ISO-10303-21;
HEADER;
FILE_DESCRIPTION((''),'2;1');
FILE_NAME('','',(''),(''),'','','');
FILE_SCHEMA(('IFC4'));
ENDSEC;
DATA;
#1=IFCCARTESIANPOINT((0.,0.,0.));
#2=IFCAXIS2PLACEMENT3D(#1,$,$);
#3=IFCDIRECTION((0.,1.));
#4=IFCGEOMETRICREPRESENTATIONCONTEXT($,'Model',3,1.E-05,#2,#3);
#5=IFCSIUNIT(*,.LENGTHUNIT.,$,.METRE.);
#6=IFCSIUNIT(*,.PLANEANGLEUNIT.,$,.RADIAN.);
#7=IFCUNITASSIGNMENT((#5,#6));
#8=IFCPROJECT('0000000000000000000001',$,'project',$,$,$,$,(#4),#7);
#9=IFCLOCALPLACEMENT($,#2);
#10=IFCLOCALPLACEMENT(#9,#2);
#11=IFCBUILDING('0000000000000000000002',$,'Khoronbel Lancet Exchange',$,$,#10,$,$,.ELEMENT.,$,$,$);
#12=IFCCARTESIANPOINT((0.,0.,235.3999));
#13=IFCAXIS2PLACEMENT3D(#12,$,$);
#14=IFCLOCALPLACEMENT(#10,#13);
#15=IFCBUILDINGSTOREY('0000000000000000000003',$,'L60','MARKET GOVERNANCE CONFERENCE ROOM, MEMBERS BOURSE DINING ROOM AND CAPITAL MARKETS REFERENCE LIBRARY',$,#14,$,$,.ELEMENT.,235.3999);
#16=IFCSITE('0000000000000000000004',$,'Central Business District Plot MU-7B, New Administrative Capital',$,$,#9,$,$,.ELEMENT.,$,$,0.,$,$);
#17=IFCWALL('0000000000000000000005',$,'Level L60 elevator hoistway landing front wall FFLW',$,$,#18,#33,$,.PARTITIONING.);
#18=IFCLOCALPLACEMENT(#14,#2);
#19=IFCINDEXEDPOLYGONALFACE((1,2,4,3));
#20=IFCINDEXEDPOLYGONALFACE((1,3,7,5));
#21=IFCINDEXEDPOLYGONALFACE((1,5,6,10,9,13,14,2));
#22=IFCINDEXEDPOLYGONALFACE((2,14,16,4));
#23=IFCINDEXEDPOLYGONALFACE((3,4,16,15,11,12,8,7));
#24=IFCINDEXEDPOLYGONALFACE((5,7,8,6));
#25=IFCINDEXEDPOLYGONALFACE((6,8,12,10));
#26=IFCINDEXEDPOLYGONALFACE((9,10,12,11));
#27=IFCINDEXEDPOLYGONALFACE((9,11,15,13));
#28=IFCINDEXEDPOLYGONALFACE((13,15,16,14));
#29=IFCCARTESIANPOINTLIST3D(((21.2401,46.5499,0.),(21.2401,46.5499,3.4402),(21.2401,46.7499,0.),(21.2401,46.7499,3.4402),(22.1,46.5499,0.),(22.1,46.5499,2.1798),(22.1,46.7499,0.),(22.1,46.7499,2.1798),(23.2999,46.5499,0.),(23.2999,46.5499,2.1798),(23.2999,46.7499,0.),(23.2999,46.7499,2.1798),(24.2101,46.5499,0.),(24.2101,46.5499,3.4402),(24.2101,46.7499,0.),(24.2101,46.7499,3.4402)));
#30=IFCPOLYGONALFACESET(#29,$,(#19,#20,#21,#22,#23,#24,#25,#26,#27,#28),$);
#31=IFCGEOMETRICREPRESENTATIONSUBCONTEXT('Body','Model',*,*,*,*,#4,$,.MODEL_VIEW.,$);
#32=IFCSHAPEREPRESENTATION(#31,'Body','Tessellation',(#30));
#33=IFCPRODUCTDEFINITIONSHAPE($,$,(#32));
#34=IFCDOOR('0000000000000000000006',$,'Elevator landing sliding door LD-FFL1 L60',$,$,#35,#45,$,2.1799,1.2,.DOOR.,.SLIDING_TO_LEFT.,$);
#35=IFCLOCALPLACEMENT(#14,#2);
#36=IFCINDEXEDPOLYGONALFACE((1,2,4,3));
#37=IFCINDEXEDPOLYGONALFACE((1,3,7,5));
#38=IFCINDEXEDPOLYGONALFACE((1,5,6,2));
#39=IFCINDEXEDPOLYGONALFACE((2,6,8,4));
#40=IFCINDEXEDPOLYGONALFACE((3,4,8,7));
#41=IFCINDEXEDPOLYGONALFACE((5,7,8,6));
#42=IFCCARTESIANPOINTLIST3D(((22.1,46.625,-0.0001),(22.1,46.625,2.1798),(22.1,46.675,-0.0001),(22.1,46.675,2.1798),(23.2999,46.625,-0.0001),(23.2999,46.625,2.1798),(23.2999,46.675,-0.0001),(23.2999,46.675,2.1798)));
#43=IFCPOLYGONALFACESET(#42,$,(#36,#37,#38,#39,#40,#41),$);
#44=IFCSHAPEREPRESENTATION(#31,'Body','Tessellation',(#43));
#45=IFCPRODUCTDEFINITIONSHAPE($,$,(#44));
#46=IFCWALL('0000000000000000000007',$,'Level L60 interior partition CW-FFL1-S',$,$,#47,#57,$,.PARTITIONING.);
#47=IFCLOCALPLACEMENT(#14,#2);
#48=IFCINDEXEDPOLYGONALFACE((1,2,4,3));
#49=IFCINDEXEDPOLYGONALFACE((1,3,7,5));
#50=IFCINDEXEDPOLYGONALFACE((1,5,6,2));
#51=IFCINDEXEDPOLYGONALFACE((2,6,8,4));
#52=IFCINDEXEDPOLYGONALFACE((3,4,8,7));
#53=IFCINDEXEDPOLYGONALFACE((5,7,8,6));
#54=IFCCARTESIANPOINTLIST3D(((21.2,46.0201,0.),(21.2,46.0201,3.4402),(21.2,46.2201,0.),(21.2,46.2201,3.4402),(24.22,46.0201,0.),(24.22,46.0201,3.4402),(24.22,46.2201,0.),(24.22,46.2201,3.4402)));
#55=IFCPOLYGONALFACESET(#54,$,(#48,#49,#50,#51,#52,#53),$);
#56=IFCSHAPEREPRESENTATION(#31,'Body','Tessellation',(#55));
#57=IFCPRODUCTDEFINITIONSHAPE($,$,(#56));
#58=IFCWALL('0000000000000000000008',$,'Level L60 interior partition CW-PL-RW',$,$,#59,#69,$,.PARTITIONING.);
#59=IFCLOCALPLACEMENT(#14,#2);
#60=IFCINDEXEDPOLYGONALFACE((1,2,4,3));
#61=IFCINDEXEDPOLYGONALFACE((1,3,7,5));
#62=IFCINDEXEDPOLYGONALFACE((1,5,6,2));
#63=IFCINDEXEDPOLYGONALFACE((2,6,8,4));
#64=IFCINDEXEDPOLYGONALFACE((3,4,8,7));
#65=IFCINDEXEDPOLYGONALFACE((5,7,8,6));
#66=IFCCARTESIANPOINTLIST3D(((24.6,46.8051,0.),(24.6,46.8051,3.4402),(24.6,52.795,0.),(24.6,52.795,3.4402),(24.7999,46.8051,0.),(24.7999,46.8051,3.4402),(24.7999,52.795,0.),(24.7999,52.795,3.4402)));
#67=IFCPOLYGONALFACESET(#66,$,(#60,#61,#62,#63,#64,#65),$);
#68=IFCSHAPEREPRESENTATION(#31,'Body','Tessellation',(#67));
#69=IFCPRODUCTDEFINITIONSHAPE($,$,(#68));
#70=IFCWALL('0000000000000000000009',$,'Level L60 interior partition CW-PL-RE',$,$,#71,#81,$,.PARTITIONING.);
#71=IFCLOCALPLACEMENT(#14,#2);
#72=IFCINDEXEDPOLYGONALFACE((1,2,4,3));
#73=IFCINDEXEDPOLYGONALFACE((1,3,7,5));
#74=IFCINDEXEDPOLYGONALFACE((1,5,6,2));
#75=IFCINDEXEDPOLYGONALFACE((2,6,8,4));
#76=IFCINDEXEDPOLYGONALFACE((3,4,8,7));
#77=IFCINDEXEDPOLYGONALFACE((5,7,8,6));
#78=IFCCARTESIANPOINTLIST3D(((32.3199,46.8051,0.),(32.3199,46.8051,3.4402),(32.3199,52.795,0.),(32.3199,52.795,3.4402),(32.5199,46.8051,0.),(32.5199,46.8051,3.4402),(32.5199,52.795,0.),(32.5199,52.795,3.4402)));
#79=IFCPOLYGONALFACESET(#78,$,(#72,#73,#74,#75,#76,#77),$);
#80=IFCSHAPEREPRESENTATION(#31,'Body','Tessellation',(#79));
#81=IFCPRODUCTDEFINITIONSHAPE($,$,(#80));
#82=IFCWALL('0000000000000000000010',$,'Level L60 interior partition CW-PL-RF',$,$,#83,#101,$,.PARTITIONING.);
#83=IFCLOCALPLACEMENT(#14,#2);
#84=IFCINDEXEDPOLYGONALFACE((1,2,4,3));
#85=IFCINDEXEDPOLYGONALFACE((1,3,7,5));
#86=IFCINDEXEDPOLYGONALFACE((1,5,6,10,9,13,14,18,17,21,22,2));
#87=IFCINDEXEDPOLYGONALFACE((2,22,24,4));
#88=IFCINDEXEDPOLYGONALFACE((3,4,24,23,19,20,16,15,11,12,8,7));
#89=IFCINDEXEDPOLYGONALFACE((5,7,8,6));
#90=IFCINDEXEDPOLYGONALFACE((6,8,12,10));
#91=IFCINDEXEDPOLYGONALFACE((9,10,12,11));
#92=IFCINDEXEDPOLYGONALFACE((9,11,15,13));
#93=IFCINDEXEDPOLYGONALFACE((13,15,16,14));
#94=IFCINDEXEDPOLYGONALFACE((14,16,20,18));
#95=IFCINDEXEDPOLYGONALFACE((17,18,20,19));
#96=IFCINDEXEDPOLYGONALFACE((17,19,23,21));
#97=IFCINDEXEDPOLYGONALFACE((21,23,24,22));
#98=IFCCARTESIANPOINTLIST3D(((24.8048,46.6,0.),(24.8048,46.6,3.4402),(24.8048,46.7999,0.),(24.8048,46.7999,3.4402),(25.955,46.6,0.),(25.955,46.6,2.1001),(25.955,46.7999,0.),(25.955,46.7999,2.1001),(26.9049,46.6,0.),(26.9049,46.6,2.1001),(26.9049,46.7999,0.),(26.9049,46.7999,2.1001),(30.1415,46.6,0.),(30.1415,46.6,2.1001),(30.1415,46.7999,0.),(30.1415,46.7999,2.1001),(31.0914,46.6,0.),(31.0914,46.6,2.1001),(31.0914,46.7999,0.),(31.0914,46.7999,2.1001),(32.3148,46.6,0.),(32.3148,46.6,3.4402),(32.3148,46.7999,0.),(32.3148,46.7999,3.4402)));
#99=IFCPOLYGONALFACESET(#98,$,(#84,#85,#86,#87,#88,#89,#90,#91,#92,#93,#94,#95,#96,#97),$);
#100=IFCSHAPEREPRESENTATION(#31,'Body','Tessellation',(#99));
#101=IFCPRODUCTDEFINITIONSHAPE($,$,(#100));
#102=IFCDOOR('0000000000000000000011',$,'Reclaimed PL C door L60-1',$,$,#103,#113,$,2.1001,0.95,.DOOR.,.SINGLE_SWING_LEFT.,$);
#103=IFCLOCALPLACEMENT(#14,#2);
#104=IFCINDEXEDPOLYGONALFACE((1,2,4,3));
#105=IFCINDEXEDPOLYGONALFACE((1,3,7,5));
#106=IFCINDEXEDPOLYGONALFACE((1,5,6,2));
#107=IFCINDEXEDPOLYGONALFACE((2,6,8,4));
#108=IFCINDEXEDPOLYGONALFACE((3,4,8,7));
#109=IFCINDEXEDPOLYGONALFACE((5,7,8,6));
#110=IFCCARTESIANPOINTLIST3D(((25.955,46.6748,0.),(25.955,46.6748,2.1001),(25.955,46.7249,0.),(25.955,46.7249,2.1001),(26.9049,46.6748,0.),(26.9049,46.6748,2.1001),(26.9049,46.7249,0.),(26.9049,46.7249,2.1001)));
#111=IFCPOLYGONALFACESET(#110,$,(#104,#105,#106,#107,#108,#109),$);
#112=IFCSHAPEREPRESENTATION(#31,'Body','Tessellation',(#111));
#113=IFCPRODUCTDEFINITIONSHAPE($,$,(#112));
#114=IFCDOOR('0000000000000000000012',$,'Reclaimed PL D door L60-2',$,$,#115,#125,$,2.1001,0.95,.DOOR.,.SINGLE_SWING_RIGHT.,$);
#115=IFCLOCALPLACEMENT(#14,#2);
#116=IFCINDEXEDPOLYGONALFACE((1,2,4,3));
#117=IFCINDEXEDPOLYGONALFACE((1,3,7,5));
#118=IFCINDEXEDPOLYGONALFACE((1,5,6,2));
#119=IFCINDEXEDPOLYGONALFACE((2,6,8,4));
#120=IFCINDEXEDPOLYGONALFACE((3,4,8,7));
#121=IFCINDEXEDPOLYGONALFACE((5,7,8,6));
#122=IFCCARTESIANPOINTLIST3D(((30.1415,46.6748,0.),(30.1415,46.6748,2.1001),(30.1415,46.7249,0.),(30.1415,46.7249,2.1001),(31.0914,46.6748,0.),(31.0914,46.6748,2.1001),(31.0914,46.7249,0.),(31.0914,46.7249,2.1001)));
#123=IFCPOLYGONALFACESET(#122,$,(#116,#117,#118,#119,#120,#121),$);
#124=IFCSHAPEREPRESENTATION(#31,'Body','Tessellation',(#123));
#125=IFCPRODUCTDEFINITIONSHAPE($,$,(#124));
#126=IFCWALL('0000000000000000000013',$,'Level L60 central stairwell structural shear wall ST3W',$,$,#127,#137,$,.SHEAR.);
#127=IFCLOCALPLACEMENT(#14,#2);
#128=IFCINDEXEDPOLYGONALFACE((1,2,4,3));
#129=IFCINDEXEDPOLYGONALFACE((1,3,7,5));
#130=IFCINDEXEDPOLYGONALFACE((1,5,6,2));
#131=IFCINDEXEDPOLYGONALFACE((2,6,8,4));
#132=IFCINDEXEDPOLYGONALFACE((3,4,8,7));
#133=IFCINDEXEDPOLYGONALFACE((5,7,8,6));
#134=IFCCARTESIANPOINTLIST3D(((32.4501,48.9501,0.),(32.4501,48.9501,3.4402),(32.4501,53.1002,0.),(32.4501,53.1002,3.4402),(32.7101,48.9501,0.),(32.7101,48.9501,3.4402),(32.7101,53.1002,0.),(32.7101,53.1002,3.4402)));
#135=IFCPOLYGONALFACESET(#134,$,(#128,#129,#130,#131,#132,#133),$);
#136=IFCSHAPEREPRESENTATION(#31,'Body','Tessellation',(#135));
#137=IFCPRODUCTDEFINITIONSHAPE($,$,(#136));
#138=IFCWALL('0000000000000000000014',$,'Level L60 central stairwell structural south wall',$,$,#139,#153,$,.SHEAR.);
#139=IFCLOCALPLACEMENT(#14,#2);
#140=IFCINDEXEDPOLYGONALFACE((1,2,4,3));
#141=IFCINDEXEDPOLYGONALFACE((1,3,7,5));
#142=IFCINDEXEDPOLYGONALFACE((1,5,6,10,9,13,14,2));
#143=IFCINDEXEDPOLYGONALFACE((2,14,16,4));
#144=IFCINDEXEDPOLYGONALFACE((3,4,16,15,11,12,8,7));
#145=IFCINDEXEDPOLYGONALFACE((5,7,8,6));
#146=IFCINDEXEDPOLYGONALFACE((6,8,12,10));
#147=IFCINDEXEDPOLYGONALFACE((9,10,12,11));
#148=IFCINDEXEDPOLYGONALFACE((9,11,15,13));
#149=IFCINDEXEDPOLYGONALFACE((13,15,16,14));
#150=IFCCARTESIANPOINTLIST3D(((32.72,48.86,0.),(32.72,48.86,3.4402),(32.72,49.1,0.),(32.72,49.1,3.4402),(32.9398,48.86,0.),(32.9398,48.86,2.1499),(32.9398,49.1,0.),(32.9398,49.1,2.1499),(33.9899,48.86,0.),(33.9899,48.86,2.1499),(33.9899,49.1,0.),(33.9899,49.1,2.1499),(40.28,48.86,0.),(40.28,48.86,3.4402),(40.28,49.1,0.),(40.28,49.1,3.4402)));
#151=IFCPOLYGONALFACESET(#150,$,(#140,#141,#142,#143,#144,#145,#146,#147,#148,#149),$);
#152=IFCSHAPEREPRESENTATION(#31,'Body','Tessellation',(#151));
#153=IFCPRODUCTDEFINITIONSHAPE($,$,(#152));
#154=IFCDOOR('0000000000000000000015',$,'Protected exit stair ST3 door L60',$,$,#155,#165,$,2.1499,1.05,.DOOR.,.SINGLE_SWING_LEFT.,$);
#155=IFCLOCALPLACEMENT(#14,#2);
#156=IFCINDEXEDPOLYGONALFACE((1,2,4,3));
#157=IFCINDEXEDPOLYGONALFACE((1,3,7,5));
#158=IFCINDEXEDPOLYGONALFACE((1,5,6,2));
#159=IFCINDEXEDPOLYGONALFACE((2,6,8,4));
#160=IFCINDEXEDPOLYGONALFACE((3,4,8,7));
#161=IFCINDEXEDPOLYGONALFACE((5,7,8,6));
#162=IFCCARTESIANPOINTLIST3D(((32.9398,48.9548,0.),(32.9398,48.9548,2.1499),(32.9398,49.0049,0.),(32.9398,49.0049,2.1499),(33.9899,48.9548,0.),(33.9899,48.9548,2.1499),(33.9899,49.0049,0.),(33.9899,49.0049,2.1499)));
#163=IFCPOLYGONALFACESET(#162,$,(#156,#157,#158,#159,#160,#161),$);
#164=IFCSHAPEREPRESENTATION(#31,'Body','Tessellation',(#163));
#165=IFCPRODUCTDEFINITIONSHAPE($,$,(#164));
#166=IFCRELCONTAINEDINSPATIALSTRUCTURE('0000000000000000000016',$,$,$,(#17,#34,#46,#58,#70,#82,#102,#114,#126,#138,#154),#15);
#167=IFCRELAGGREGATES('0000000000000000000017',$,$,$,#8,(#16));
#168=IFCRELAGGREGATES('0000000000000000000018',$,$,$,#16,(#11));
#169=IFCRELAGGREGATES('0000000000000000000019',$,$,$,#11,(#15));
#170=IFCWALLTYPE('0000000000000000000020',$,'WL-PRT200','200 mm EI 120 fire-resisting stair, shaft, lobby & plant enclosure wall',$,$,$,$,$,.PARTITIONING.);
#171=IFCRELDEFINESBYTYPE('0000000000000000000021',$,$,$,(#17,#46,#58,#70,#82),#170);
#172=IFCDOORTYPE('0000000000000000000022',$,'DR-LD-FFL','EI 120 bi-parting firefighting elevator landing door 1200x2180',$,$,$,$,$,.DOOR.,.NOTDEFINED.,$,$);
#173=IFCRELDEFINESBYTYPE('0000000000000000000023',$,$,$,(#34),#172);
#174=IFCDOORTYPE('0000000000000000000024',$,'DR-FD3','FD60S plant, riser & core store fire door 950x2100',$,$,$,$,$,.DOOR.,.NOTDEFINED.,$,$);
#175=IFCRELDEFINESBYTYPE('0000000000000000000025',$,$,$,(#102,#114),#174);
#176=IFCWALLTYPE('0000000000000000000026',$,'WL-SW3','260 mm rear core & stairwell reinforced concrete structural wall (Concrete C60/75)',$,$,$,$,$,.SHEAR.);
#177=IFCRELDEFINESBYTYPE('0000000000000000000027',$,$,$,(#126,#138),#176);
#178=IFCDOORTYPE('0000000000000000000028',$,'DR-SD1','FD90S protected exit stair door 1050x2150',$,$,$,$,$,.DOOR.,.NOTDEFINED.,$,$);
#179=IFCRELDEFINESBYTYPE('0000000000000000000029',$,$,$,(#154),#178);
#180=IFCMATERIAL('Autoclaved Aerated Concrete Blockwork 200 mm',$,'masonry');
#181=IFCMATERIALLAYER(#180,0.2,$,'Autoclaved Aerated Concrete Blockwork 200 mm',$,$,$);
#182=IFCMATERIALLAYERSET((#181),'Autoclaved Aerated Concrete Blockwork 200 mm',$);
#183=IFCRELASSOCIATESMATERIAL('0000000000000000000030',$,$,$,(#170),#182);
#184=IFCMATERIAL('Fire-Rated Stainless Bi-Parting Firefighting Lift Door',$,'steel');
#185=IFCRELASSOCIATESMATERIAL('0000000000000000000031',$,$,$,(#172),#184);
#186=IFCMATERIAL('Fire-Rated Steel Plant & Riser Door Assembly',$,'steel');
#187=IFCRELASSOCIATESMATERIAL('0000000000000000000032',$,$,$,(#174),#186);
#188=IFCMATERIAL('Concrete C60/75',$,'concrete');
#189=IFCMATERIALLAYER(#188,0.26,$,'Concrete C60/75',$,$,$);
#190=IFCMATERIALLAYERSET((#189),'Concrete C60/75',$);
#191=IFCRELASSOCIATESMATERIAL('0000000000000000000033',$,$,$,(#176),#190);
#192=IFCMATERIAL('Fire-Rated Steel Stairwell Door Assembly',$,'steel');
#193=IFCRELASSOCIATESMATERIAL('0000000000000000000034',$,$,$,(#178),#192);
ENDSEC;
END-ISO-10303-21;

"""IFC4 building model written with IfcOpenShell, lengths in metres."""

from ifc_helpers import new_model, si_unit, direction, frame, frame_2d, origin, place, context, subcontext, project, spatial, rectangle, extrude, material, layer, layer_set, type_object, element, fill, save


model = new_model("IFC4")

# Units and contexts
model_context = context("Model", 3, precision=1e-05, world=origin(), true_north=direction((0.0, 1.0)))
body_context = subcontext(model_context, "Body", "Model", "MODEL_VIEW")
ifc_project = project(units=[si_unit("LENGTHUNIT", "METRE"), si_unit("PLANEANGLEUNIT", "RADIAN")], contexts=[model_context])

# Site, building, storey
site_placement = place(None, origin())
site = spatial("IfcSite", under=ifc_project, at=site_placement, Name="Central Business District Plot MU-7B, New Administrative Capital", CompositionType="ELEMENT", RefElevation=0.0)
building_placement = place(site_placement, origin())
building = spatial("IfcBuilding", under=site, at=building_placement, Name="Khoronbel Lancet Exchange", CompositionType="ELEMENT")
storey_placement = place(building_placement, frame((0.0, 0.0, 235.3999)))
storey = spatial("IfcBuildingStorey", under=building, at=storey_placement, Name="L60", Description="MARKET GOVERNANCE CONFERENCE ROOM, MEMBERS BOURSE DINING ROOM AND CAPITAL MARKETS REFERENCE LIBRARY", CompositionType="ELEMENT", Elevation=235.3999)

# Wall, opening, door
ifc_material_1 = material(Name="Autoclaved Aerated Concrete Blockwork 200 mm", Category="masonry")
ifc_layer_1 = layer(ifc_material_1, 0.2, Name="Autoclaved Aerated Concrete Blockwork 200 mm")
ifc_layer_set_1 = layer_set([ifc_layer_1], Name="Autoclaved Aerated Concrete Blockwork 200 mm")
wall_type_1 = type_object("IfcWallType", Name="WL-PRT200", Description="200 mm EI 120 fire-resisting stair, shaft, lobby & plant enclosure wall", PredefinedType="PARTITIONING", material=ifc_layer_set_1)
wall_1_placement = place(storey_placement, frame((24.21, 46.6499, 0.0), z_axis=(0.0, 0.0, 1.0), x_axis=(-1.0, 0.0, 0.0)))
wall_1 = element("IfcWall", 1, at=wall_1_placement, inside=storey, type_object=wall_type_1, Name="Level L60 elevator hoistway landing front wall FFLW", PredefinedType="PARTITIONING", context=body_context, shape_type="SweptSolid", body=[
    extrude(rectangle(XDim=2.97, YDim=0.2, at=frame_2d((1.4849, 0.0))), origin(), (0.0, 0.0, 1.0), 3.4402),
])
opening_1_placement = place(wall_1_placement, frame((0.9099, 0.0, 0.0)))
opening_1 = element("IfcOpeningElement", 2, at=opening_1_placement, cuts=wall_1, PredefinedType="OPENING", context=body_context, shape_type="SweptSolid", body=[
    extrude(rectangle(XDim=1.2, YDim=2.1799, at=frame_2d((0.6001, 1.0898))), frame((0.0, 0.1099, 0.0), z_axis=(0.0, -1.0, 0.0), x_axis=(1.0, 0.0, 0.0)), (0.0, 0.0, 1.0), 0.22),
])
ifc_material_2 = material(Name="Fire-Rated Stainless Bi-Parting Firefighting Lift Door", Category="steel")
door_type_1 = type_object("IfcDoorType", Name="DR-LD-FFL", Description="EI 120 bi-parting firefighting elevator landing door 1200x2180", OperationType="NOTDEFINED", PredefinedType="DOOR", material=ifc_material_2)
door_1_placement = place(opening_1_placement, origin())
door_1 = element("IfcDoor", 3, at=door_1_placement, inside=storey, type_object=door_type_1, Name="Elevator landing sliding door LD-FFL1 L60", OperationType="SLIDING_TO_LEFT", OverallHeight=2.1799, OverallWidth=1.2, PredefinedType="DOOR", context=body_context, shape_type="SweptSolid", body=[
    extrude(rectangle(XDim=1.2, YDim=2.1799, at=frame_2d((0.6001, 1.0898))), frame((0.0, 0.0249, 0.0), z_axis=(0.0, -1.0, 0.0), x_axis=(1.0, 0.0, 0.0)), (0.0, 0.0, 1.0), 0.05),
])
fill(opening_1, door_1)

# Walls
wall_2_placement = place(storey_placement, frame((21.2, 46.1201, 0.0), z_axis=(0.0, 0.0, 1.0), x_axis=(1.0, 0.0, 0.0)))
element("IfcWall", 4, at=wall_2_placement, inside=storey, type_object=wall_type_1, Name="Level L60 interior partition CW-FFL1-S", PredefinedType="PARTITIONING", context=body_context, shape_type="SweptSolid", body=[
    extrude(rectangle(XDim=3.02, YDim=0.2, at=frame_2d((1.51, 0.0))), origin(), (0.0, 0.0, 1.0), 3.4402),
])
for number, where, z_axis, x_axis, name in (
    (5, (24.7, 46.8049, 0.0), (0.0, 0.0, 1.0), (0.0, 1.0, 0.0), "Level L60 interior partition CW-PL-RW"),
    (6, (32.4199, 46.8049, 0.0), (0.0, 0.0, 1.0), (0.0, 1.0, 0.0), "Level L60 interior partition CW-PL-RE"),
):
    element("IfcWall", number, at=place(storey_placement, frame(where, z_axis=z_axis, x_axis=x_axis)), inside=storey, type_object=wall_type_1, Name=name, PredefinedType="PARTITIONING", context=body_context, shape_type="SweptSolid", body=[
        extrude(rectangle(XDim=5.99, YDim=0.2, at=frame_2d((2.9951, 0.0))), origin(), (0.0, 0.0, 1.0), 3.4402),
    ])

# Wall, openings, doors
wall_3_placement = place(storey_placement, frame((24.8049, 46.7, 0.0), z_axis=(0.0, 0.0, 1.0), x_axis=(1.0, 0.0, 0.0)))
wall_3 = element("IfcWall", 7, at=wall_3_placement, inside=storey, type_object=wall_type_1, Name="Level L60 interior partition CW-PL-RF", PredefinedType="PARTITIONING", context=body_context, shape_type="SweptSolid", body=[
    extrude(rectangle(XDim=7.51, YDim=0.2, at=frame_2d((3.7549, 0.0))), origin(), (0.0, 0.0, 1.0), 3.4402),
])
opening_2_placement = place(wall_3_placement, frame((1.1499, 0.0, 0.0)))
opening_2 = element("IfcOpeningElement", 8, at=opening_2_placement, cuts=wall_3, PredefinedType="OPENING", context=body_context, shape_type="SweptSolid", body=[
    extrude(rectangle(XDim=0.95, YDim=2.1001, at=frame_2d((0.4751, 1.05))), frame((0.0, 0.1099, 0.0), z_axis=(0.0, -1.0, 0.0), x_axis=(1.0, 0.0, 0.0)), (0.0, 0.0, 1.0), 0.22),
])
opening_3_placement = place(wall_3_placement, frame((5.3364, 0.0, 0.0)))
opening_3 = element("IfcOpeningElement", 9, at=opening_3_placement, cuts=wall_3, PredefinedType="OPENING", context=body_context, shape_type="SweptSolid", body=[
    extrude(rectangle(XDim=0.95, YDim=2.1001, at=frame_2d((0.4751, 1.05))), frame((0.0, 0.1099, 0.0), z_axis=(0.0, -1.0, 0.0), x_axis=(1.0, 0.0, 0.0)), (0.0, 0.0, 1.0), 0.22),
])
ifc_material_3 = material(Name="Fire-Rated Steel Plant & Riser Door Assembly", Category="steel")
door_type_2 = type_object("IfcDoorType", Name="DR-FD3", Description="FD60S plant, riser & core store fire door 950x2100", OperationType="NOTDEFINED", PredefinedType="DOOR", material=ifc_material_3)
door_2_placement = place(opening_2_placement, origin())
door_2 = element("IfcDoor", 10, at=door_2_placement, inside=storey, type_object=door_type_2, Name="Reclaimed PL C door L60-1", OperationType="SINGLE_SWING_LEFT", OverallHeight=2.1001, OverallWidth=0.95, PredefinedType="DOOR", context=body_context, shape_type="SweptSolid", body=[
    extrude(rectangle(XDim=0.95, YDim=2.1001, at=frame_2d((0.4751, 1.05))), frame((0.0, 0.0249, 0.0), z_axis=(0.0, -1.0, 0.0), x_axis=(1.0, 0.0, 0.0)), (0.0, 0.0, 1.0), 0.05),
])
fill(opening_2, door_2)
door_3_placement = place(opening_3_placement, origin())
door_3 = element("IfcDoor", 11, at=door_3_placement, inside=storey, type_object=door_type_2, Name="Reclaimed PL D door L60-2", OperationType="SINGLE_SWING_RIGHT", OverallHeight=2.1001, OverallWidth=0.95, PredefinedType="DOOR", context=body_context, shape_type="SweptSolid", body=[
    extrude(rectangle(XDim=0.95, YDim=2.1001, at=frame_2d((0.4751, 1.05))), frame((0.0, 0.0249, 0.0), z_axis=(0.0, -1.0, 0.0), x_axis=(1.0, 0.0, 0.0)), (0.0, 0.0, 1.0), 0.05),
])
fill(opening_3, door_3)

# Wall
ifc_material_4 = material(Name="Concrete C60/75", Category="concrete")
ifc_layer_2 = layer(ifc_material_4, 0.26, Name="Concrete C60/75")
ifc_layer_set_2 = layer_set([ifc_layer_2], Name="Concrete C60/75")
wall_type_2 = type_object("IfcWallType", Name="WL-SW3", Description="260 mm rear core & stairwell reinforced concrete structural wall (Concrete C60/75)", PredefinedType="SHEAR", material=ifc_layer_set_2)
wall_4_placement = place(storey_placement, frame((32.5801, 48.95, 0.0), z_axis=(0.0, 0.0, 1.0), x_axis=(0.0, 1.0, 0.0)))
element("IfcWall", 12, at=wall_4_placement, inside=storey, type_object=wall_type_2, Name="Level L60 central stairwell structural shear wall ST3W", PredefinedType="SHEAR", context=body_context, shape_type="SweptSolid", body=[
    extrude(rectangle(XDim=4.1501, YDim=0.26, at=frame_2d((2.0752, 0.0))), origin(), (0.0, 0.0, 1.0), 3.4402),
])

# Wall, opening, door
wall_5_placement = place(storey_placement, frame((32.72, 48.98, 0.0), z_axis=(0.0, 0.0, 1.0), x_axis=(1.0, 0.0, 0.0)))
wall_5 = element("IfcWall", 13, at=wall_5_placement, inside=storey, type_object=wall_type_2, Name="Level L60 central stairwell structural south wall", PredefinedType="SHEAR", context=body_context, shape_type="SweptSolid", body=[
    extrude(rectangle(XDim=7.5601, YDim=0.24, at=frame_2d((3.78, 0.0))), origin(), (0.0, 0.0, 1.0), 3.4402),
])
opening_4_placement = place(wall_5_placement, frame((0.22, 0.0, 0.0)))
opening_4 = element("IfcOpeningElement", 14, at=opening_4_placement, cuts=wall_5, PredefinedType="OPENING", context=body_context, shape_type="SweptSolid", body=[
    extrude(rectangle(XDim=1.05, YDim=2.1499, at=frame_2d((0.5249, 1.075))), frame((0.0, 0.1299, 0.0), z_axis=(0.0, -1.0, 0.0), x_axis=(1.0, 0.0, 0.0)), (0.0, 0.0, 1.0), 0.26),
])
ifc_material_5 = material(Name="Fire-Rated Steel Stairwell Door Assembly", Category="steel")
door_type_3 = type_object("IfcDoorType", Name="DR-SD1", Description="FD90S protected exit stair door 1050x2150", OperationType="NOTDEFINED", PredefinedType="DOOR", material=ifc_material_5)
door_4_placement = place(opening_4_placement, origin())
door_4 = element("IfcDoor", 15, at=door_4_placement, inside=storey, type_object=door_type_3, Name="Protected exit stair ST3 door L60", OperationType="SINGLE_SWING_LEFT", OverallHeight=2.1499, OverallWidth=1.05, PredefinedType="DOOR", context=body_context, shape_type="SweptSolid", body=[
    extrude(rectangle(XDim=1.05, YDim=2.1499, at=frame_2d((0.5249, 1.075))), frame((0.0, 0.0249, 0.0), z_axis=(0.0, -1.0, 0.0), x_axis=(1.0, 0.0, 0.0)), (0.0, 0.0, 1.0), 0.05),
])
fill(opening_4, door_4)

save(model, "model.ifc")
